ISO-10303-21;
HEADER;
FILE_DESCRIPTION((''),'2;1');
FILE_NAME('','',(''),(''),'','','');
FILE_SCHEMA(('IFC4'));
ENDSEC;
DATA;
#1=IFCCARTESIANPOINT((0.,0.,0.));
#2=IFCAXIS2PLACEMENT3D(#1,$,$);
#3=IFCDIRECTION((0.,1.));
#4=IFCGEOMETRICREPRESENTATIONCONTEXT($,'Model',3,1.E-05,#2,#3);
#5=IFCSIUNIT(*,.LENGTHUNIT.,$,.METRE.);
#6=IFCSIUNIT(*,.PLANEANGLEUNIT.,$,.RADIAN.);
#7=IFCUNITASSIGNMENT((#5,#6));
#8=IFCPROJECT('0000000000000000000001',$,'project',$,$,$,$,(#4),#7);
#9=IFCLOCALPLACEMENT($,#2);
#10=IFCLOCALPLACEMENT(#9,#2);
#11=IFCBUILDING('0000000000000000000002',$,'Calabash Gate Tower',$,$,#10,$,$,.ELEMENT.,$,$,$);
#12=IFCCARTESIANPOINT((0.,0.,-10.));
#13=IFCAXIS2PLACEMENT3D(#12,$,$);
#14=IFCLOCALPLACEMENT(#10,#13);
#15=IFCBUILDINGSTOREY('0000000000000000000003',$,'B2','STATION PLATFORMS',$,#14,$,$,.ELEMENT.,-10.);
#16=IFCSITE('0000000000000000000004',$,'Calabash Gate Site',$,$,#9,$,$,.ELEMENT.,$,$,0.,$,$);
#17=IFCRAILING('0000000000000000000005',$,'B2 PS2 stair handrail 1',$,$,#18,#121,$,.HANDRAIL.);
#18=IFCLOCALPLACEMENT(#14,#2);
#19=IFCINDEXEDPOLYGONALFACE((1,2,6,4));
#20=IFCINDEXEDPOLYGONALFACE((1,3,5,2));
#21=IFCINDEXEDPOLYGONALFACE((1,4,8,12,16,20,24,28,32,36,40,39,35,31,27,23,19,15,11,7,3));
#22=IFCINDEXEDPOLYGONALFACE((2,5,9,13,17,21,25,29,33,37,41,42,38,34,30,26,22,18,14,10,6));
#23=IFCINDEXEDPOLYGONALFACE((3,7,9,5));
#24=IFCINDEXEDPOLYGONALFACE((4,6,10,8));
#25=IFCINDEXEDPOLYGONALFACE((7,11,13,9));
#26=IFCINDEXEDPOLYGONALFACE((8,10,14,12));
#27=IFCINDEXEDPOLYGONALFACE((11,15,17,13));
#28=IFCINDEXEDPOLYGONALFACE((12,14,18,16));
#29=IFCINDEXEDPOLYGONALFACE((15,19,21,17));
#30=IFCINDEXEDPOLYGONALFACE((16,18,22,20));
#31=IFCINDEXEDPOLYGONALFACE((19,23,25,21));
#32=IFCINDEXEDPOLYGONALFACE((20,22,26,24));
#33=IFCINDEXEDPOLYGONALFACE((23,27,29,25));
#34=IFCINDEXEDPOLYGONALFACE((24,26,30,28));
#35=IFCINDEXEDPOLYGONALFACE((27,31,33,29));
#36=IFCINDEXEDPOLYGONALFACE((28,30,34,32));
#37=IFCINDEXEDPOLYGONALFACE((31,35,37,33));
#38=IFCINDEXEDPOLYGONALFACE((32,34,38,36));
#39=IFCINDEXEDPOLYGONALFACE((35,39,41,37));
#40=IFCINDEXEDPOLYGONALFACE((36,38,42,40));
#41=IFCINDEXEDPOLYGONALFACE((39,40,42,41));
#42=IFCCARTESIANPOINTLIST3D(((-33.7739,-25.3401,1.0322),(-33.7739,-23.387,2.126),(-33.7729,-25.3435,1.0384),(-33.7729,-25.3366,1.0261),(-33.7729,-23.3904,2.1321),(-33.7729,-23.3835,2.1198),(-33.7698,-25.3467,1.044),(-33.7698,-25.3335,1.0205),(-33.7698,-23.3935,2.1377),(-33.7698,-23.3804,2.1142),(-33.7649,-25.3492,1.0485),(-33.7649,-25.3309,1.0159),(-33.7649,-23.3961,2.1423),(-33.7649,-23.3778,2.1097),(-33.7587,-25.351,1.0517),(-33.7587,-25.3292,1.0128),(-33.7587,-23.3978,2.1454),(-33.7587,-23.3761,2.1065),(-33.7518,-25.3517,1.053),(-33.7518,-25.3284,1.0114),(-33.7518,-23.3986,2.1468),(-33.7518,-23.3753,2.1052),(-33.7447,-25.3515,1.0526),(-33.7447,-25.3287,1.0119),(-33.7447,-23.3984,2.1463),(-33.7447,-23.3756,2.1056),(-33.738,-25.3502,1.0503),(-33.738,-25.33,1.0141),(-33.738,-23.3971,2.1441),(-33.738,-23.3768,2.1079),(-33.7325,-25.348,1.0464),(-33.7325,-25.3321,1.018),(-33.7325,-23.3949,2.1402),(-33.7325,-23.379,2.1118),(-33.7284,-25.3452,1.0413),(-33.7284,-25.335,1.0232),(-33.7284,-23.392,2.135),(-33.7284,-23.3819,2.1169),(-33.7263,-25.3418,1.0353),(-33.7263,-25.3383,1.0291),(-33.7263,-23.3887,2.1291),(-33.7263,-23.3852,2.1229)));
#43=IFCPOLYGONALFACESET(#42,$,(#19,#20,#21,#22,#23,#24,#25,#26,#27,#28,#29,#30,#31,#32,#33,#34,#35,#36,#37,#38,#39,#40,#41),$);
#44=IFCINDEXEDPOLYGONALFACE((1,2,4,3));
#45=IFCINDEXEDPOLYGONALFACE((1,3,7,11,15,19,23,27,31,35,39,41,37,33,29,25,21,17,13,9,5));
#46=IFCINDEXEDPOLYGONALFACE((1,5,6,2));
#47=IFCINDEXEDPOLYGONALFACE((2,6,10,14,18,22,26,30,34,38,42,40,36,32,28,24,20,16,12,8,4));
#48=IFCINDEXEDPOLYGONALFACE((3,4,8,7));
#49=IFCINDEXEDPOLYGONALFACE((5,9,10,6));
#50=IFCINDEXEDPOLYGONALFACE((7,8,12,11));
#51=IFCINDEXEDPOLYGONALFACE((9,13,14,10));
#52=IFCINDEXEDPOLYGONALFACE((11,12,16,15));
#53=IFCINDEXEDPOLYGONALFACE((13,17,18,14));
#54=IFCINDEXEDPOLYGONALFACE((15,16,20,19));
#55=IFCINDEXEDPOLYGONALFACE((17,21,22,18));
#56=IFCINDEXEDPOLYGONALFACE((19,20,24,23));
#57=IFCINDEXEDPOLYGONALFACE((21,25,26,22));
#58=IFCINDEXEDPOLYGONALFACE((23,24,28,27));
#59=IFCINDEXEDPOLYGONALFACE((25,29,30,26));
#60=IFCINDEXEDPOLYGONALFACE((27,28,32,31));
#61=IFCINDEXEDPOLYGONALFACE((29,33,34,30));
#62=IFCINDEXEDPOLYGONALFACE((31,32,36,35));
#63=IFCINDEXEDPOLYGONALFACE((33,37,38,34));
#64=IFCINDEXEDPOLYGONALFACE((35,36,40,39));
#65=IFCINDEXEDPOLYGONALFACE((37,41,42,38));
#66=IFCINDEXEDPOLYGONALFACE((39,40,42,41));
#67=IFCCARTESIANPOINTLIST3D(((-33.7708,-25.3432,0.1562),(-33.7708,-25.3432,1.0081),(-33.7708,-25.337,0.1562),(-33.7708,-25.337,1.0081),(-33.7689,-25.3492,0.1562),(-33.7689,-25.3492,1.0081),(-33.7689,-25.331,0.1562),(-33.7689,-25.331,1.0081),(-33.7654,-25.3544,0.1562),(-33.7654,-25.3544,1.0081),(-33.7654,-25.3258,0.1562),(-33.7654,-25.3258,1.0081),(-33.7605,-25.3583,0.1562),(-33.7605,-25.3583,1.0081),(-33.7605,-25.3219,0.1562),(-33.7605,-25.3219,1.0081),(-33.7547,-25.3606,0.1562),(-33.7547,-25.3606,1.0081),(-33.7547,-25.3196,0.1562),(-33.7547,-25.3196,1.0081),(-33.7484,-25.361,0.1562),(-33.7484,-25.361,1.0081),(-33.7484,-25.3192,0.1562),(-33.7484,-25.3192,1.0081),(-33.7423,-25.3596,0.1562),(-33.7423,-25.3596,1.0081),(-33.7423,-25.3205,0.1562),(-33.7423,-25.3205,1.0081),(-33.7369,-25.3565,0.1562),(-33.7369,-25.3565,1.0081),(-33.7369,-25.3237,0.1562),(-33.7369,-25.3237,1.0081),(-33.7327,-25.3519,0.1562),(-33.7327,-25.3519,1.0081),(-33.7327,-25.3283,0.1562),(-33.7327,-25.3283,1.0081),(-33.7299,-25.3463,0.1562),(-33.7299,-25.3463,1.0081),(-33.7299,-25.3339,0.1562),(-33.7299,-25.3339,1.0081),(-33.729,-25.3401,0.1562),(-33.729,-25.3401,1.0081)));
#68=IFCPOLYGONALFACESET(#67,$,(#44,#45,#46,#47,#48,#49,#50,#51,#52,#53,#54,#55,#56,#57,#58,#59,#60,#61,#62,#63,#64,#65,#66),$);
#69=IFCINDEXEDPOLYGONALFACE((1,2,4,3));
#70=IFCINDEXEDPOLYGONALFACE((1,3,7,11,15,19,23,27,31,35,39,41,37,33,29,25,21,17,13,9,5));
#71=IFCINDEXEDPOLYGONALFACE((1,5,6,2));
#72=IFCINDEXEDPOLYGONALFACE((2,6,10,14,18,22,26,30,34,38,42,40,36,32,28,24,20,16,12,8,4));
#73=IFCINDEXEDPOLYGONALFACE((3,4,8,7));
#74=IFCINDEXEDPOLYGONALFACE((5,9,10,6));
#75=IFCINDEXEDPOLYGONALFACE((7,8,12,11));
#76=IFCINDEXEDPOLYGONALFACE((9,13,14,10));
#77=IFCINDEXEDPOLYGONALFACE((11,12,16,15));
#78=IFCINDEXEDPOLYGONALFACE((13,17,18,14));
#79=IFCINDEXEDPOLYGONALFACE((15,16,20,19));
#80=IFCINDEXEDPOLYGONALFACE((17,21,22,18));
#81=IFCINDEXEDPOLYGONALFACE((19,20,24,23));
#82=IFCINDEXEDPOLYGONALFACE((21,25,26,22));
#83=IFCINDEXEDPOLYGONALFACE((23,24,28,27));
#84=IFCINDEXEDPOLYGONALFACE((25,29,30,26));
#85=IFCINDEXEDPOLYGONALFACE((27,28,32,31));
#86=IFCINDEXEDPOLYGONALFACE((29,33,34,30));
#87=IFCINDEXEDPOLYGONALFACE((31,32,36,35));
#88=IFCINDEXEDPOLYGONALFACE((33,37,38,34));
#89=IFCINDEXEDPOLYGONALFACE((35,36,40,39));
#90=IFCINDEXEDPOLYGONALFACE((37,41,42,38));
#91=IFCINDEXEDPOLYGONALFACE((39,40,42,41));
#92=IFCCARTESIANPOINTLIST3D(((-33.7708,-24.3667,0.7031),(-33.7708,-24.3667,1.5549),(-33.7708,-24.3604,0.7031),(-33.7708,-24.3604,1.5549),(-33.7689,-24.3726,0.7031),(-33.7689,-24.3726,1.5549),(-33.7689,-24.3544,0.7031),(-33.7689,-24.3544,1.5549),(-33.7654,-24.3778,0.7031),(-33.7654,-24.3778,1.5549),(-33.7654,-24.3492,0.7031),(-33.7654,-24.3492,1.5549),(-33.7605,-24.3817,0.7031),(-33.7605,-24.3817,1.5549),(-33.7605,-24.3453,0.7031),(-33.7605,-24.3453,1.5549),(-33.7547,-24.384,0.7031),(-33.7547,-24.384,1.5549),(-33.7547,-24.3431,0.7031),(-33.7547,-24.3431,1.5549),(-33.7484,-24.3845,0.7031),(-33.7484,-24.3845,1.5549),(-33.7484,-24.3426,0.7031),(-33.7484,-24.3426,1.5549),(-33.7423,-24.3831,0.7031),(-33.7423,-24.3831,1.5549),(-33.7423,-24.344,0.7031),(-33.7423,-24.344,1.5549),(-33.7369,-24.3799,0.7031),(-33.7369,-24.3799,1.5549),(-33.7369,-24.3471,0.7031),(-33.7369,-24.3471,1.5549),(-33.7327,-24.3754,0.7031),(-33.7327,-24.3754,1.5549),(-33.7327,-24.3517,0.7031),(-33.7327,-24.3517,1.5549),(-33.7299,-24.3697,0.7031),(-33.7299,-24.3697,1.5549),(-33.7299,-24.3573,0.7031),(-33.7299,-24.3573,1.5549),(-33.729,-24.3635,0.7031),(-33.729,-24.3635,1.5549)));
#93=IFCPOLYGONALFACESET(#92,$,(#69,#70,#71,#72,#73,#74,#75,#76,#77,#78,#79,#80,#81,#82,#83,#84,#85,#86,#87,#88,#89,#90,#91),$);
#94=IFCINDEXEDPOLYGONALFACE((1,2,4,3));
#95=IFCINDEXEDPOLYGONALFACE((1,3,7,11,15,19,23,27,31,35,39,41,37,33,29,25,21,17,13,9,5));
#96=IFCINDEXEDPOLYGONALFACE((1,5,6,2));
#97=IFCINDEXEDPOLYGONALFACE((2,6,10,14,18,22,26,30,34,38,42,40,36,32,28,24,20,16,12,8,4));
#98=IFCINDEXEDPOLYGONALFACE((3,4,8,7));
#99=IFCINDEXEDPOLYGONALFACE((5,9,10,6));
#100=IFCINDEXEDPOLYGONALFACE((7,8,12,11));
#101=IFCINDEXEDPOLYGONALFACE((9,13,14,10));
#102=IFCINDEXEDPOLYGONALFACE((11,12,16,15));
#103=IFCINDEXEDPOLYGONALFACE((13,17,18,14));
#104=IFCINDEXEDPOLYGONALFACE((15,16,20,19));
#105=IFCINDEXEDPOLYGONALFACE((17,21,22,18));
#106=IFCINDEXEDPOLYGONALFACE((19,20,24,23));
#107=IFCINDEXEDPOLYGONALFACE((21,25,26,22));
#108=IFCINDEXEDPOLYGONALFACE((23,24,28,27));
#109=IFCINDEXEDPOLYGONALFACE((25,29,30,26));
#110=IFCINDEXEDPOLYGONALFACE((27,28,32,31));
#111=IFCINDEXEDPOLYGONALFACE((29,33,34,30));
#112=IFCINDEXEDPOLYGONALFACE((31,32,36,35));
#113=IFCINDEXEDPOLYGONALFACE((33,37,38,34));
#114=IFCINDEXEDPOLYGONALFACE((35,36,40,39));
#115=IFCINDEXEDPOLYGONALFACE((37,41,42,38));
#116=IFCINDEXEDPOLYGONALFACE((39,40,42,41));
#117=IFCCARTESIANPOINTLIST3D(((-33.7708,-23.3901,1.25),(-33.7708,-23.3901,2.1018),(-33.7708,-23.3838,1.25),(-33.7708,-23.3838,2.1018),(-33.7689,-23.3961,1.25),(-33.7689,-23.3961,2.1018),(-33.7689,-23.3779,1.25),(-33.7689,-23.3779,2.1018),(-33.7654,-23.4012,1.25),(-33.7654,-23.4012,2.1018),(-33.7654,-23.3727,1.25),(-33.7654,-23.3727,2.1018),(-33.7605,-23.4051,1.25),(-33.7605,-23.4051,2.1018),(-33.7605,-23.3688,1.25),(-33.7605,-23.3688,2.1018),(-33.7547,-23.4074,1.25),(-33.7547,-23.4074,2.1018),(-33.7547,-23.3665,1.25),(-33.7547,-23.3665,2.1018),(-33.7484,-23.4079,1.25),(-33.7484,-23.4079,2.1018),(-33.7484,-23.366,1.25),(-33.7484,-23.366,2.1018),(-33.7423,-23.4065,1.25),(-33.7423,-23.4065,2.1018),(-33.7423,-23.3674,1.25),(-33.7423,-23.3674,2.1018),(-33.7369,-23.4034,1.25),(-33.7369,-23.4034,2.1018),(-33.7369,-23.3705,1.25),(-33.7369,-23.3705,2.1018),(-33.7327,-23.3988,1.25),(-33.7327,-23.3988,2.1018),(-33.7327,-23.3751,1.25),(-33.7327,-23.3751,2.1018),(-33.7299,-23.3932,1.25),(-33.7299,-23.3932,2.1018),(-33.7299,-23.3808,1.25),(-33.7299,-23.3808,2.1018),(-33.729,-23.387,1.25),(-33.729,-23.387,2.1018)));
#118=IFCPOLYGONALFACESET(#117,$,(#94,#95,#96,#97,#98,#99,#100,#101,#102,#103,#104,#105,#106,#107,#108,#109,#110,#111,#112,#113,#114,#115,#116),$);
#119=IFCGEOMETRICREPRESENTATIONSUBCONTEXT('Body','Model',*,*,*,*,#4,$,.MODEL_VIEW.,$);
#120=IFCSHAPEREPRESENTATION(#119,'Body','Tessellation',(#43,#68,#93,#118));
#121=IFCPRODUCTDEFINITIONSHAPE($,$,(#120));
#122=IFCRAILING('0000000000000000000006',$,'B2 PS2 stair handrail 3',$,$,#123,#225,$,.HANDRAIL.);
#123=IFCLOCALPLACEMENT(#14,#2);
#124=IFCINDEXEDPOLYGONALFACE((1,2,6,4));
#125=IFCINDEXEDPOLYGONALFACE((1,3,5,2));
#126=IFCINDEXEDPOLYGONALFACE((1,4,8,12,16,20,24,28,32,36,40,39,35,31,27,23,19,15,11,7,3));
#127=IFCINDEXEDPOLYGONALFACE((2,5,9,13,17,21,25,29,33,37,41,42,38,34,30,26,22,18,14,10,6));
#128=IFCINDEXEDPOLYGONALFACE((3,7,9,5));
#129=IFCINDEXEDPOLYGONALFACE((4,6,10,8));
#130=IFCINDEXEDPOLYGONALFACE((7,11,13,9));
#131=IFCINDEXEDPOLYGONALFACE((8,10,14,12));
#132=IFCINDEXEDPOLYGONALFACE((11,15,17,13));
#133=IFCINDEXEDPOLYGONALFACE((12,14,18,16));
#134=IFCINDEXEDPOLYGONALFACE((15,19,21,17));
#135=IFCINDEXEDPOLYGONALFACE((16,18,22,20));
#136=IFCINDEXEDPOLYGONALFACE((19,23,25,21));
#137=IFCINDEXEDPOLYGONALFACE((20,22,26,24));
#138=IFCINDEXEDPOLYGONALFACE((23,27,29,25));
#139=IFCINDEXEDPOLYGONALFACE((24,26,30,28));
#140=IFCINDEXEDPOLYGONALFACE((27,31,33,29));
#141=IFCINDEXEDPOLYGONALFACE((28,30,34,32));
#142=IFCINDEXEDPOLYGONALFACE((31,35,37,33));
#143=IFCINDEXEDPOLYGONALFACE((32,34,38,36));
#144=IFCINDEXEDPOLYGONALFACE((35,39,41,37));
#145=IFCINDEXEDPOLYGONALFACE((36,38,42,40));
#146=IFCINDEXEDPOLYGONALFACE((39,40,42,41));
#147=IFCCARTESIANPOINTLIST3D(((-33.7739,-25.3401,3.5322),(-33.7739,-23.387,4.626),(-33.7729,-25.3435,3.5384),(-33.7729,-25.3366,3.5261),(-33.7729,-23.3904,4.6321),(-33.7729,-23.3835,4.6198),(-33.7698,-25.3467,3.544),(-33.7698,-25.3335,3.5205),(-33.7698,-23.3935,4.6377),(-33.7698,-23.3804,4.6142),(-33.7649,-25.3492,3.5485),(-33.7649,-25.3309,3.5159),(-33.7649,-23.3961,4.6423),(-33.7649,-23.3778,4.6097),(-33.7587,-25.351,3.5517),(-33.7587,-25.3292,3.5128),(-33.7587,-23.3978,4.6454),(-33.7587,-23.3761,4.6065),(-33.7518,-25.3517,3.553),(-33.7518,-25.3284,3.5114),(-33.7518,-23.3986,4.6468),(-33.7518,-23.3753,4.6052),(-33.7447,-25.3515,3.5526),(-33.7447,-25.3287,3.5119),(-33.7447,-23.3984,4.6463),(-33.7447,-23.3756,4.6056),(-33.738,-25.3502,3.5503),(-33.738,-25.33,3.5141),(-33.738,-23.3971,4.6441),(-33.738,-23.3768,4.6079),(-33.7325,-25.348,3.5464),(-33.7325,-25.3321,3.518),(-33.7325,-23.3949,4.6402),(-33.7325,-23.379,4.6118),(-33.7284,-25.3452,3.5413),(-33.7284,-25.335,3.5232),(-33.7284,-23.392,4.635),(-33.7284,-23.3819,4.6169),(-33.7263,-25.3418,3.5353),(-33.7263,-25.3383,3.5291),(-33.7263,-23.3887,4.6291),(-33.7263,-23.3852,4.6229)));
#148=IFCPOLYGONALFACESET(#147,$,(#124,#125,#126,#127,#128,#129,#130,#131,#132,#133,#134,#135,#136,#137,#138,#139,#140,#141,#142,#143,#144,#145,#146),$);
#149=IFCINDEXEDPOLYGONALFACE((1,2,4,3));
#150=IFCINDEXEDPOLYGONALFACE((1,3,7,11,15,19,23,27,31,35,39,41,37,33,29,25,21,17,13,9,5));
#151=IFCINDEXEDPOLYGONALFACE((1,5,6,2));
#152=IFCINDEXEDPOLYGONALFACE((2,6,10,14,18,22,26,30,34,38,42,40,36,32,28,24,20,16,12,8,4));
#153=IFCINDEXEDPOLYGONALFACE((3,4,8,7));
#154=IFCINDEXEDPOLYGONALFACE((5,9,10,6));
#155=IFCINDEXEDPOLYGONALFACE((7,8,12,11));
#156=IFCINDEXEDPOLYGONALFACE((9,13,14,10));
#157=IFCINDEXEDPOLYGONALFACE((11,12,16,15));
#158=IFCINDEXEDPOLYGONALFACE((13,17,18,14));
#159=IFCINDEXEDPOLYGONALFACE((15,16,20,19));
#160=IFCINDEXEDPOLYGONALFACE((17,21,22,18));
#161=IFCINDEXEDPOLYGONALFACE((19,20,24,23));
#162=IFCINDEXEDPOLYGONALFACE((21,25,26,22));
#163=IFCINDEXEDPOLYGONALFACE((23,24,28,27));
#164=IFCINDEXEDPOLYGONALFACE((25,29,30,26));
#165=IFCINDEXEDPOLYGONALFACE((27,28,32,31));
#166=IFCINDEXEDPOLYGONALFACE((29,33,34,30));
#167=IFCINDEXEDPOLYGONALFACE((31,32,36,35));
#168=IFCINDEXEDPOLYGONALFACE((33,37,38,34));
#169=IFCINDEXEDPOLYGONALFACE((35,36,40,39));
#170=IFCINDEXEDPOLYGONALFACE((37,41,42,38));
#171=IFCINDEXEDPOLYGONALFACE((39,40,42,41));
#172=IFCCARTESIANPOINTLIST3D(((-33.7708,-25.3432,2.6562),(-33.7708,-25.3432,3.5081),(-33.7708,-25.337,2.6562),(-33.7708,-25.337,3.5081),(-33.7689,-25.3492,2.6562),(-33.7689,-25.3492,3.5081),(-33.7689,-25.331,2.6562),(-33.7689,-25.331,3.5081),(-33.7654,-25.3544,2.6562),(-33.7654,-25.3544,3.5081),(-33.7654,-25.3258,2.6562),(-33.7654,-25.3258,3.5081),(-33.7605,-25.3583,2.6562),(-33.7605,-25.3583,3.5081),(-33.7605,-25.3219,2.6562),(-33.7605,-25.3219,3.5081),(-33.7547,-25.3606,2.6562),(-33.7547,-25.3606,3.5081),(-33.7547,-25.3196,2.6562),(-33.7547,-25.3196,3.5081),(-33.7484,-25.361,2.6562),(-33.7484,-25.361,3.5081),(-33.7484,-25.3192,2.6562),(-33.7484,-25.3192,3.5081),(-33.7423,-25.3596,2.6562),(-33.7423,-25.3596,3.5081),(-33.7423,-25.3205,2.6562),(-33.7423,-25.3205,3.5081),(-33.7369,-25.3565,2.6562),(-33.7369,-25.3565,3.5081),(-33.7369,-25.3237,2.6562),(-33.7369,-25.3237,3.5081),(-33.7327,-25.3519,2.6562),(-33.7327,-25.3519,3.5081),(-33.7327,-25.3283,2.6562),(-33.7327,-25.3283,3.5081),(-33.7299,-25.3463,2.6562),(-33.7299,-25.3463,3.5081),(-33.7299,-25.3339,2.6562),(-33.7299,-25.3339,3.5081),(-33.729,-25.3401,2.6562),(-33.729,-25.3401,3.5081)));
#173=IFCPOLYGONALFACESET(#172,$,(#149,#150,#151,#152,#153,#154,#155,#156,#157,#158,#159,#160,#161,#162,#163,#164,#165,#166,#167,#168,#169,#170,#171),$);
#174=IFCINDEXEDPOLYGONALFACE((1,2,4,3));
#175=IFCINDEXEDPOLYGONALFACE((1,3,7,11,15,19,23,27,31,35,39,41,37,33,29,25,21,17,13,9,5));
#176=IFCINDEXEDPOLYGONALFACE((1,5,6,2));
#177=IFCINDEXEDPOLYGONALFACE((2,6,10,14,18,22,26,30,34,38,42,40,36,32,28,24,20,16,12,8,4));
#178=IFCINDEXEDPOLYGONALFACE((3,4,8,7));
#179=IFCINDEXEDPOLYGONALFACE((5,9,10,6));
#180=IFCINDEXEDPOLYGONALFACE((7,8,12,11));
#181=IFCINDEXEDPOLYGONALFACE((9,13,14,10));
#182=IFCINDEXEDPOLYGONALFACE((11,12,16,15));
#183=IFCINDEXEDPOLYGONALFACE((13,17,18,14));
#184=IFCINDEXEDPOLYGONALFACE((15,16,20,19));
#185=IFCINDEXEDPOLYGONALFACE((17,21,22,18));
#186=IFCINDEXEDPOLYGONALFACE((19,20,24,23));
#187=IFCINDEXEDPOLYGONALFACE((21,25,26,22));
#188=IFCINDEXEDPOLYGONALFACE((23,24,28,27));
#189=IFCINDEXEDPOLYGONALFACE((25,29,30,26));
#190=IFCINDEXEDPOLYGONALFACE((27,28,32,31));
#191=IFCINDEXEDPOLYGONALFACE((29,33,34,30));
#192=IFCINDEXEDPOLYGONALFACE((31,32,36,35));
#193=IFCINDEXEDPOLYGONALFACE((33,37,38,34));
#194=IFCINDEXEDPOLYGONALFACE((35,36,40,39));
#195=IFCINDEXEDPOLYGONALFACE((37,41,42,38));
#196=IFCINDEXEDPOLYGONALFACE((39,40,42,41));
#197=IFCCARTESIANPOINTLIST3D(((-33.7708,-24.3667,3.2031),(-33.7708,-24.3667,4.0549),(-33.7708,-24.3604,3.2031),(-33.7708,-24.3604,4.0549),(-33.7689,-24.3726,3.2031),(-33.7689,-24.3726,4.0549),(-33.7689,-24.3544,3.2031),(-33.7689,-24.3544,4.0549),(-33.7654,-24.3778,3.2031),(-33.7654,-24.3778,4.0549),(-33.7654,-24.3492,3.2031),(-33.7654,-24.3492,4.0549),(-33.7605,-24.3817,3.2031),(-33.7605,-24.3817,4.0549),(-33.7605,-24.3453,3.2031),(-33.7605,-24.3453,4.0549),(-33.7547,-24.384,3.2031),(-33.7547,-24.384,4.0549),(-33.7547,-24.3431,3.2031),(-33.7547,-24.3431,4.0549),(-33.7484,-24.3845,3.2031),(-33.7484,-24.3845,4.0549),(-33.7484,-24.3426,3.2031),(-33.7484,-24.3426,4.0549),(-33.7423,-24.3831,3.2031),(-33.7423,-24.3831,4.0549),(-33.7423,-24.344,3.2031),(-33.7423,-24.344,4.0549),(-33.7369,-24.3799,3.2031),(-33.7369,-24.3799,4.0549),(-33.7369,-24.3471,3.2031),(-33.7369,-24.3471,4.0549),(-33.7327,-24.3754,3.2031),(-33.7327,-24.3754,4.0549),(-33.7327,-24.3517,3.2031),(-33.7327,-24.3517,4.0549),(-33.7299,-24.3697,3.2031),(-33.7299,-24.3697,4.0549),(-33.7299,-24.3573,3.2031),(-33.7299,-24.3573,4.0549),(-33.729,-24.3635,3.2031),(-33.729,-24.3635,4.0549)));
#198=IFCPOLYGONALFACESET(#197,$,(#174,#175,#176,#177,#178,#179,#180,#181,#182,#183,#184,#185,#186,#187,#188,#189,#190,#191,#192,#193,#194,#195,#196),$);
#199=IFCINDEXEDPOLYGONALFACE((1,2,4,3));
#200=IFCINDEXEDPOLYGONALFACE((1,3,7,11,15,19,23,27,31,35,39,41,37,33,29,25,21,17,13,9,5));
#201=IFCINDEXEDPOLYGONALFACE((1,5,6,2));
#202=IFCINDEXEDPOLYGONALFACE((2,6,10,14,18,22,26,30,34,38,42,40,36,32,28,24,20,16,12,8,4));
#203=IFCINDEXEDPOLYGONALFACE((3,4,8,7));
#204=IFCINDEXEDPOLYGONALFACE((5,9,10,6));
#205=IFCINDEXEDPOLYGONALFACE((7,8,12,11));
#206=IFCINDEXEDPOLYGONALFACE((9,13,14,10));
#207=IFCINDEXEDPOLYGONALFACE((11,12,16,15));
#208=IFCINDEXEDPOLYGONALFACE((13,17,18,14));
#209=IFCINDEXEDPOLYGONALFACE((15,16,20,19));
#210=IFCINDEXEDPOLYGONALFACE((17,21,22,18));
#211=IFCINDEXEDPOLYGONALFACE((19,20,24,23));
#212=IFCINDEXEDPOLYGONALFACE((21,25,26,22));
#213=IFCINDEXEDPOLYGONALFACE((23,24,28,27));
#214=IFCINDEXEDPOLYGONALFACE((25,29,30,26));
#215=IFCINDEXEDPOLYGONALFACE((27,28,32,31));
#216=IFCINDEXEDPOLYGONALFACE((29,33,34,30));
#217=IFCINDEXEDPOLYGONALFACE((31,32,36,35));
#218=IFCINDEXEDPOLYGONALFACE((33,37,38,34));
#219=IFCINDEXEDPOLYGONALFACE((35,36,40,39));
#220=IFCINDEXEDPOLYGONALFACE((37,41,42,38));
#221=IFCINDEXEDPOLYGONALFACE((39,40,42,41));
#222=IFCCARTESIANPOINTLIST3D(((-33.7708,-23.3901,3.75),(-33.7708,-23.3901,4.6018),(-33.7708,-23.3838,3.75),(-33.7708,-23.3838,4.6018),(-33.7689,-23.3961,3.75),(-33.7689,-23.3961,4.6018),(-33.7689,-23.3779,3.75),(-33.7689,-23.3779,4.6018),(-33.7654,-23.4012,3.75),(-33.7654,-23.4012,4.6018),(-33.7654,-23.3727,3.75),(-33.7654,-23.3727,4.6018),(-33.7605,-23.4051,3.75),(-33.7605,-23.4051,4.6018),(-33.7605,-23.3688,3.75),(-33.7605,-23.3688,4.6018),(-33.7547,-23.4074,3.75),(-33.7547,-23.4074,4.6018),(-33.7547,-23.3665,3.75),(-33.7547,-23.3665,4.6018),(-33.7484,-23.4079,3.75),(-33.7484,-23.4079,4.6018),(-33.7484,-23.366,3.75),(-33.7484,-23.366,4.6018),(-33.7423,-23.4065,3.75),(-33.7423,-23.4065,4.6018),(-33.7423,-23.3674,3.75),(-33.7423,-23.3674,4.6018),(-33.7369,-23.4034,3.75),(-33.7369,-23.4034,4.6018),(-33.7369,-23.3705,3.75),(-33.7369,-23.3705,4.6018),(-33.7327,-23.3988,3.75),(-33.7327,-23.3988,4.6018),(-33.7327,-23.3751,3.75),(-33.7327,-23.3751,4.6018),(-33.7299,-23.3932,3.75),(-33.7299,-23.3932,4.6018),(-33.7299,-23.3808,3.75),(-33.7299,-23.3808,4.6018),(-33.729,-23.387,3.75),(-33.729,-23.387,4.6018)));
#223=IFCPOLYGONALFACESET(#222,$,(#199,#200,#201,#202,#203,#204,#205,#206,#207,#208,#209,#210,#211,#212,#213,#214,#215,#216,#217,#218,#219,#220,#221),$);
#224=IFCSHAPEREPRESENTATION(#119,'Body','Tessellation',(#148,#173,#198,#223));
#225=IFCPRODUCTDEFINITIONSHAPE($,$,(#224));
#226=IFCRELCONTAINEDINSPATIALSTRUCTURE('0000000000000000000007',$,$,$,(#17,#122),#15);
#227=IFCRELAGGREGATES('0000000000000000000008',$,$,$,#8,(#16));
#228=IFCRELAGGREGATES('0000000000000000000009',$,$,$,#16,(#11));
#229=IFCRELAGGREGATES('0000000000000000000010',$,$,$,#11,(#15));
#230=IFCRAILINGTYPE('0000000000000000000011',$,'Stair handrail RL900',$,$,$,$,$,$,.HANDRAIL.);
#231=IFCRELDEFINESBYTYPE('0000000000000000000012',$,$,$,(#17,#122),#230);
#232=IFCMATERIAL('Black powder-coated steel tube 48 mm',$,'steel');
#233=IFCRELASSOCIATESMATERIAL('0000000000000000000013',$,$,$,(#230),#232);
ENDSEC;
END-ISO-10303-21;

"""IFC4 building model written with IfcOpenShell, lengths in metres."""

from ifc_helpers import new_model, si_unit, direction, frame, origin, origin_2d, place, context, subcontext, project, spatial, circle, extrude, material, type_object, element, save


model = new_model("IFC4")

# Units and contexts
model_context = context("Model", 3, precision=1e-05, world=origin(), true_north=direction((0.0, 1.0)))
body_context = subcontext(model_context, "Body", "Model", "MODEL_VIEW")
ifc_project = project(units=[si_unit("LENGTHUNIT", "METRE"), si_unit("PLANEANGLEUNIT", "RADIAN")], contexts=[model_context])

# Site, building, storey
site_placement = place(None, origin())
site = spatial("IfcSite", under=ifc_project, at=site_placement, Name="Calabash Gate Site", CompositionType="ELEMENT", RefElevation=0.0)
building_placement = place(site_placement, origin())
building = spatial("IfcBuilding", under=site, at=building_placement, Name="Calabash Gate Tower", CompositionType="ELEMENT")
storey_placement = place(building_placement, frame((0.0, 0.0, -10.0)))
storey = spatial("IfcBuildingStorey", under=building, at=storey_placement, Name="B2", Description="STATION PLATFORMS", CompositionType="ELEMENT", Elevation=-10.0)

# Railings
ifc_material_1 = material(Name="Black powder-coated steel tube 48 mm", Category="steel")
railing_type_1 = type_object("IfcRailingType", Name="Stair handrail RL900", PredefinedType="HANDRAIL", material=ifc_material_1)
for number, where, name in (
    (1, (-33.75, -25.3401, 0.1562), "B2 PS2 stair handrail 1"),
    (2, (-33.75, -25.3401, 2.6562), "B2 PS2 stair handrail 3"),
):
    element("IfcRailing", number, at=place(storey_placement, frame(where)), inside=storey, type_object=railing_type_1, Name=name, PredefinedType="HANDRAIL", context=body_context, shape_type="SweptSolid", body=[
        extrude(circle(Radius=0.0239, at=origin_2d()), frame((0.0, 0.0, 0.876), z_axis=(0.0, 0.872506, 0.488603), x_axis=(-1.0, 0.0, 0.0)), (0.0, 0.0, 1.0), 2.2385),
        extrude(circle(Radius=0.021, at=origin_2d()), origin(), (0.0, 0.0, 1.0), 0.8518),
        extrude(circle(Radius=0.021, at=origin_2d()), frame((0.0, 0.9766, 0.5469)), (0.0, 0.0, 1.0), 0.8518),
        extrude(circle(Radius=0.021, at=origin_2d()), frame((0.0, 1.9531, 1.0938)), (0.0, 0.0, 1.0), 0.8518),
    ])

save(model, "model.ifc")
